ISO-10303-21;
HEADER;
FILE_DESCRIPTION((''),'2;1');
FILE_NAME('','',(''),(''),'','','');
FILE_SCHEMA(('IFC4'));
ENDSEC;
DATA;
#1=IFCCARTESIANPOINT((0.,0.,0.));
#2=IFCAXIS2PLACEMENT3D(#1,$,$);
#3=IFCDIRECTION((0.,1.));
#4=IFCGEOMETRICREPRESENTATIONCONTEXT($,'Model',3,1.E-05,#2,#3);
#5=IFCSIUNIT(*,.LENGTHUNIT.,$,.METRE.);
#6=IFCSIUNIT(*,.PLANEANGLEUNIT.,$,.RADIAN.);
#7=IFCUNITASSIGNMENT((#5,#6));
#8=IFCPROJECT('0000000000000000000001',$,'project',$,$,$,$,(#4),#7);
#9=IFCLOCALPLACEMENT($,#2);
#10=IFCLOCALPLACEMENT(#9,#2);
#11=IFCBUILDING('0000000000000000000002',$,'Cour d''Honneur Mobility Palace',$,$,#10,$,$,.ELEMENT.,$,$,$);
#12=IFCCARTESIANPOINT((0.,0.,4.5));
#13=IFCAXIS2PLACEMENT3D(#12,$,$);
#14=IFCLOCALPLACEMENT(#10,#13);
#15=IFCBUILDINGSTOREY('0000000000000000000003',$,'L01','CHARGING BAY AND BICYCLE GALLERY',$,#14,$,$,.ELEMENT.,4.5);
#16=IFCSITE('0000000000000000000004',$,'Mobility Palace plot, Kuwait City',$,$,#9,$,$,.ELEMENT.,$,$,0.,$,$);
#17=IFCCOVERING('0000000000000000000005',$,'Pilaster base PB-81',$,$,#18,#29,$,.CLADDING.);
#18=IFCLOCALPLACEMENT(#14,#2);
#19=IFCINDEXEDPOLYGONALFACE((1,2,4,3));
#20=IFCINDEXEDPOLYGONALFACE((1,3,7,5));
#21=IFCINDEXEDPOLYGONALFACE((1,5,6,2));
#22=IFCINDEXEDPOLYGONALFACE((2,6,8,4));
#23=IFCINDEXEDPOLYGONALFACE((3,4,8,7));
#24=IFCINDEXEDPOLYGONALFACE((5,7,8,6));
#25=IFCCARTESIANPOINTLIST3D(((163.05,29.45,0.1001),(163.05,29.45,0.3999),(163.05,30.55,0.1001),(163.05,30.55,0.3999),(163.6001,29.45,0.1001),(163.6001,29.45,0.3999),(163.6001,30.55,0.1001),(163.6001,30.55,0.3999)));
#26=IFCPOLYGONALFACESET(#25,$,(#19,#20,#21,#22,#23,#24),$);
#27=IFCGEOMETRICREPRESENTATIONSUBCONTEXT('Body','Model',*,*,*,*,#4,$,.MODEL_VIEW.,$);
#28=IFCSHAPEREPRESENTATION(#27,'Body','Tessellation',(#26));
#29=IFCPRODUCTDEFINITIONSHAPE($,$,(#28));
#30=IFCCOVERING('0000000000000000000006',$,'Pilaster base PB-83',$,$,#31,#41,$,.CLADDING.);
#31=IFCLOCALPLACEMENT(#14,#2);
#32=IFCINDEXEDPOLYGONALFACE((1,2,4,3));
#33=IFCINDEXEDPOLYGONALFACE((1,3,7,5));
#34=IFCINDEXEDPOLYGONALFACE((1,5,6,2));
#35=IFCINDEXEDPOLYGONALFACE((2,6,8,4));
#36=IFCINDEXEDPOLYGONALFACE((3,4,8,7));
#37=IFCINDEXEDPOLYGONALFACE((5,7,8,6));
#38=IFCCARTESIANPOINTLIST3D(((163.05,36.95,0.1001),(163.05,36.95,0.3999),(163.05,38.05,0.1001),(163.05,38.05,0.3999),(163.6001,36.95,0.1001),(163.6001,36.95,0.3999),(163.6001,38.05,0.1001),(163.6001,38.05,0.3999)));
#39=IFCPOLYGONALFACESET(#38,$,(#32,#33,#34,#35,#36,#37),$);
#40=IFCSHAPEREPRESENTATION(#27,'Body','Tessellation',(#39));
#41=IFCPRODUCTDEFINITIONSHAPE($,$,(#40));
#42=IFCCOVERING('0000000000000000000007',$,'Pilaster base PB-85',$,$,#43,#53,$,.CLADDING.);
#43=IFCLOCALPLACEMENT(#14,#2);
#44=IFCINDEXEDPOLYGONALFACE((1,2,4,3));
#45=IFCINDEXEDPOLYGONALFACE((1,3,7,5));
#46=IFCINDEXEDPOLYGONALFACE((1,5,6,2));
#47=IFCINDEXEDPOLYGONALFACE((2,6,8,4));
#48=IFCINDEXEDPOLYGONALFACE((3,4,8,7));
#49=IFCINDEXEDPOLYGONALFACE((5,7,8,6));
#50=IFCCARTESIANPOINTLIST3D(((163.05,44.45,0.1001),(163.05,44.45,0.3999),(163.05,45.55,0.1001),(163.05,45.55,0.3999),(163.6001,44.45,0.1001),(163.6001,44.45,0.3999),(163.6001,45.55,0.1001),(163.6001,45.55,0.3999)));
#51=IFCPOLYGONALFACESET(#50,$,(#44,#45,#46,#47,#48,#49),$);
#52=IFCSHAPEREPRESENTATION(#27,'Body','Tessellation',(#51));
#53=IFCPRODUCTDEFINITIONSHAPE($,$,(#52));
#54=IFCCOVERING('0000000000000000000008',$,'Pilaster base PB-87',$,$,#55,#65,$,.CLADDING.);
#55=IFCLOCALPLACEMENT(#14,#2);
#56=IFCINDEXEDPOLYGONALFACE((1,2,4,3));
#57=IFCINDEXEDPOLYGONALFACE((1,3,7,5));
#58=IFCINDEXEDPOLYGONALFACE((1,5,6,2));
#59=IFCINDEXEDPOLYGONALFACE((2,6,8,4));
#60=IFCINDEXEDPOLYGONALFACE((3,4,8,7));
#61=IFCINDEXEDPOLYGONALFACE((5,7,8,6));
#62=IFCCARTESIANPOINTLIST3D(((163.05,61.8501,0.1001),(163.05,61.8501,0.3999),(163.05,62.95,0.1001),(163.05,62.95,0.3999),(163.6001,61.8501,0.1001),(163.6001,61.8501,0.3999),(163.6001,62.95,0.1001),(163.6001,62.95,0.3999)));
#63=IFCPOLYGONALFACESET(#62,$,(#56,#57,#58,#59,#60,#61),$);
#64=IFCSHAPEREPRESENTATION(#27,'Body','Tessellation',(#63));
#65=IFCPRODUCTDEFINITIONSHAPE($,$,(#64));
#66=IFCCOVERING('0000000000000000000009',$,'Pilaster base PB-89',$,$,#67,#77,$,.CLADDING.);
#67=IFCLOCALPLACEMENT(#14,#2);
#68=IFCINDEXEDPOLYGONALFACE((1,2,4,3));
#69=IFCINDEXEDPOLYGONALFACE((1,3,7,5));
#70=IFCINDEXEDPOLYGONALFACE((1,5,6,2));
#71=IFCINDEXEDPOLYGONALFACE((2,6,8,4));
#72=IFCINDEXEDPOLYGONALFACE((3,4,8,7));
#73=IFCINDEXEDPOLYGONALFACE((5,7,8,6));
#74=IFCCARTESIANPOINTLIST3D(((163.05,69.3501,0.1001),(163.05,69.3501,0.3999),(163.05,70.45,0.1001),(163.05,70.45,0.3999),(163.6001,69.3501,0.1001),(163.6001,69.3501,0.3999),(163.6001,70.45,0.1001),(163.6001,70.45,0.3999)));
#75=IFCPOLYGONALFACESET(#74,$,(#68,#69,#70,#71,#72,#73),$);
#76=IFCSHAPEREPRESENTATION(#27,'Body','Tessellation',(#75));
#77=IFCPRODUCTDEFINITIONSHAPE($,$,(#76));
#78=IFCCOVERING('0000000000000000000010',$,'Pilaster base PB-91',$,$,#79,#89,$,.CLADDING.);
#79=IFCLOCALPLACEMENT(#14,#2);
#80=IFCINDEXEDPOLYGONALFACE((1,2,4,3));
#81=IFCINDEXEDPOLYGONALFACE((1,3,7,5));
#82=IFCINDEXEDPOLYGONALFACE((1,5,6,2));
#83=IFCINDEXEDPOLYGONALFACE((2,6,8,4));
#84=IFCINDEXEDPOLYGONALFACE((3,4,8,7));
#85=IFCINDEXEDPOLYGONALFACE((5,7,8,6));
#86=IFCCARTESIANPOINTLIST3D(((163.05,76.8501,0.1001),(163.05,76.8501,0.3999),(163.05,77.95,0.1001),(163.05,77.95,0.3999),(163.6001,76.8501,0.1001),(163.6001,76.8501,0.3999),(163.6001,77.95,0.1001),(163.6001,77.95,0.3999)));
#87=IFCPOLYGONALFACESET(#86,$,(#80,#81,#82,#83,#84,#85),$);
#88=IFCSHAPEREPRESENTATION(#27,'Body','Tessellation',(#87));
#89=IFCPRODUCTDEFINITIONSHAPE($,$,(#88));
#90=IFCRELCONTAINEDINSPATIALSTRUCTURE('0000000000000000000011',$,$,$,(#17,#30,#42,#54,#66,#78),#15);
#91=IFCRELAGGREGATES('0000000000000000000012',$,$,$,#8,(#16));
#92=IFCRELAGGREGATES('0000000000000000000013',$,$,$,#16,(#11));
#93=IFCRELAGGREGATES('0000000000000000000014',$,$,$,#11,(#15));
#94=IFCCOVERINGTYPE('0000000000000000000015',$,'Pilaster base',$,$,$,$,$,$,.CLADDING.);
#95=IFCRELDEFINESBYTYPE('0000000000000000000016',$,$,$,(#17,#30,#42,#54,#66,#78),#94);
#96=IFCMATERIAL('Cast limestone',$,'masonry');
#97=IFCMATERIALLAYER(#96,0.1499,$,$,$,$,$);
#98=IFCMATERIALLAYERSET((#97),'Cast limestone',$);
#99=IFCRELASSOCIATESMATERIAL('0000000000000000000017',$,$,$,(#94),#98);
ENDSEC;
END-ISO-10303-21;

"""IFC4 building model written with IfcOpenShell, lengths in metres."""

from ifc_helpers import new_model, si_unit, direction, frame, origin, place, context, subcontext, project, spatial, polyline, outline, extrude, material, layer, layer_set, type_object, element, save


model = new_model("IFC4")

# Units and contexts
model_context = context("Model", 3, precision=1e-05, world=origin(), true_north=direction((0.0, 1.0)))
body_context = subcontext(model_context, "Body", "Model", "MODEL_VIEW")
ifc_project = project(units=[si_unit("LENGTHUNIT", "METRE"), si_unit("PLANEANGLEUNIT", "RADIAN")], contexts=[model_context])

# Site, building, storey
site_placement = place(None, origin())
site = spatial("IfcSite", under=ifc_project, at=site_placement, Name="Mobility Palace plot, Kuwait City", CompositionType="ELEMENT", RefElevation=0.0)
building_placement = place(site_placement, origin())
building = spatial("IfcBuilding", under=site, at=building_placement, Name="Cour d'Honneur Mobility Palace", CompositionType="ELEMENT")
storey_placement = place(building_placement, frame((0.0, 0.0, 4.5)))
storey = spatial("IfcBuildingStorey", under=building, at=storey_placement, Name="L01", Description="CHARGING BAY AND BICYCLE GALLERY", CompositionType="ELEMENT", Elevation=4.5)

# Coverings
ifc_material = material(Name="Cast limestone", Category="masonry")
ifc_layer = layer(ifc_material, 0.1499)
ifc_layer_set = layer_set([ifc_layer], Name="Cast limestone")
covering_type = type_object("IfcCoveringType", Name="Pilaster base", PredefinedType="CLADDING", material=ifc_layer_set)
covering_1_placement = place(storey_placement, frame((0.0, 0.0, 0.1001)))
element("IfcCovering", 1, at=covering_1_placement, inside=storey, type_object=covering_type, Name="Pilaster base PB-81", PredefinedType="CLADDING", context=body_context, shape_type="SweptSolid", body=[
    extrude(outline(polyline([(163.05, 29.45), (163.05, 30.55), (163.6001, 30.55), (163.6001, 29.45), (163.05, 29.45)])), origin(), (0.0, 0.0, 1.0), 0.2998),
])
covering_2_placement = place(storey_placement, frame((0.0, 0.0, 0.1001)))
element("IfcCovering", 2, at=covering_2_placement, inside=storey, type_object=covering_type, Name="Pilaster base PB-83", PredefinedType="CLADDING", context=body_context, shape_type="SweptSolid", body=[
    extrude(outline(polyline([(163.05, 36.95), (163.05, 38.05), (163.6001, 38.05), (163.6001, 36.95), (163.05, 36.95)])), origin(), (0.0, 0.0, 1.0), 0.2998),
])
covering_3_placement = place(storey_placement, frame((0.0, 0.0, 0.1001)))
element("IfcCovering", 3, at=covering_3_placement, inside=storey, type_object=covering_type, Name="Pilaster base PB-85", PredefinedType="CLADDING", context=body_context, shape_type="SweptSolid", body=[
    extrude(outline(polyline([(163.05, 44.45), (163.05, 45.55), (163.6001, 45.55), (163.6001, 44.45), (163.05, 44.45)])), origin(), (0.0, 0.0, 1.0), 0.2998),
])
covering_4_placement = place(storey_placement, frame((0.0, 0.0, 0.1001)))
element("IfcCovering", 4, at=covering_4_placement, inside=storey, type_object=covering_type, Name="Pilaster base PB-87", PredefinedType="CLADDING", context=body_context, shape_type="SweptSolid", body=[
    extrude(outline(polyline([(163.05, 61.8501), (163.05, 62.95), (163.6001, 62.95), (163.6001, 61.8501), (163.05, 61.8501)])), origin(), (0.0, 0.0, 1.0), 0.2998),
])
covering_5_placement = place(storey_placement, frame((0.0, 0.0, 0.1001)))
element("IfcCovering", 5, at=covering_5_placement, inside=storey, type_object=covering_type, Name="Pilaster base PB-89", PredefinedType="CLADDING", context=body_context, shape_type="SweptSolid", body=[
    extrude(outline(polyline([(163.05, 69.3501), (163.05, 70.45), (163.6001, 70.45), (163.6001, 69.3501), (163.05, 69.3501)])), origin(), (0.0, 0.0, 1.0), 0.2998),
])
covering_6_placement = place(storey_placement, frame((0.0, 0.0, 0.1001)))
element("IfcCovering", 6, at=covering_6_placement, inside=storey, type_object=covering_type, Name="Pilaster base PB-91", PredefinedType="CLADDING", context=body_context, shape_type="SweptSolid", body=[
    extrude(outline(polyline([(163.05, 76.8501), (163.05, 77.95), (163.6001, 77.95), (163.6001, 76.8501), (163.05, 76.8501)])), origin(), (0.0, 0.0, 1.0), 0.2998),
])

save(model, "model.ifc")
